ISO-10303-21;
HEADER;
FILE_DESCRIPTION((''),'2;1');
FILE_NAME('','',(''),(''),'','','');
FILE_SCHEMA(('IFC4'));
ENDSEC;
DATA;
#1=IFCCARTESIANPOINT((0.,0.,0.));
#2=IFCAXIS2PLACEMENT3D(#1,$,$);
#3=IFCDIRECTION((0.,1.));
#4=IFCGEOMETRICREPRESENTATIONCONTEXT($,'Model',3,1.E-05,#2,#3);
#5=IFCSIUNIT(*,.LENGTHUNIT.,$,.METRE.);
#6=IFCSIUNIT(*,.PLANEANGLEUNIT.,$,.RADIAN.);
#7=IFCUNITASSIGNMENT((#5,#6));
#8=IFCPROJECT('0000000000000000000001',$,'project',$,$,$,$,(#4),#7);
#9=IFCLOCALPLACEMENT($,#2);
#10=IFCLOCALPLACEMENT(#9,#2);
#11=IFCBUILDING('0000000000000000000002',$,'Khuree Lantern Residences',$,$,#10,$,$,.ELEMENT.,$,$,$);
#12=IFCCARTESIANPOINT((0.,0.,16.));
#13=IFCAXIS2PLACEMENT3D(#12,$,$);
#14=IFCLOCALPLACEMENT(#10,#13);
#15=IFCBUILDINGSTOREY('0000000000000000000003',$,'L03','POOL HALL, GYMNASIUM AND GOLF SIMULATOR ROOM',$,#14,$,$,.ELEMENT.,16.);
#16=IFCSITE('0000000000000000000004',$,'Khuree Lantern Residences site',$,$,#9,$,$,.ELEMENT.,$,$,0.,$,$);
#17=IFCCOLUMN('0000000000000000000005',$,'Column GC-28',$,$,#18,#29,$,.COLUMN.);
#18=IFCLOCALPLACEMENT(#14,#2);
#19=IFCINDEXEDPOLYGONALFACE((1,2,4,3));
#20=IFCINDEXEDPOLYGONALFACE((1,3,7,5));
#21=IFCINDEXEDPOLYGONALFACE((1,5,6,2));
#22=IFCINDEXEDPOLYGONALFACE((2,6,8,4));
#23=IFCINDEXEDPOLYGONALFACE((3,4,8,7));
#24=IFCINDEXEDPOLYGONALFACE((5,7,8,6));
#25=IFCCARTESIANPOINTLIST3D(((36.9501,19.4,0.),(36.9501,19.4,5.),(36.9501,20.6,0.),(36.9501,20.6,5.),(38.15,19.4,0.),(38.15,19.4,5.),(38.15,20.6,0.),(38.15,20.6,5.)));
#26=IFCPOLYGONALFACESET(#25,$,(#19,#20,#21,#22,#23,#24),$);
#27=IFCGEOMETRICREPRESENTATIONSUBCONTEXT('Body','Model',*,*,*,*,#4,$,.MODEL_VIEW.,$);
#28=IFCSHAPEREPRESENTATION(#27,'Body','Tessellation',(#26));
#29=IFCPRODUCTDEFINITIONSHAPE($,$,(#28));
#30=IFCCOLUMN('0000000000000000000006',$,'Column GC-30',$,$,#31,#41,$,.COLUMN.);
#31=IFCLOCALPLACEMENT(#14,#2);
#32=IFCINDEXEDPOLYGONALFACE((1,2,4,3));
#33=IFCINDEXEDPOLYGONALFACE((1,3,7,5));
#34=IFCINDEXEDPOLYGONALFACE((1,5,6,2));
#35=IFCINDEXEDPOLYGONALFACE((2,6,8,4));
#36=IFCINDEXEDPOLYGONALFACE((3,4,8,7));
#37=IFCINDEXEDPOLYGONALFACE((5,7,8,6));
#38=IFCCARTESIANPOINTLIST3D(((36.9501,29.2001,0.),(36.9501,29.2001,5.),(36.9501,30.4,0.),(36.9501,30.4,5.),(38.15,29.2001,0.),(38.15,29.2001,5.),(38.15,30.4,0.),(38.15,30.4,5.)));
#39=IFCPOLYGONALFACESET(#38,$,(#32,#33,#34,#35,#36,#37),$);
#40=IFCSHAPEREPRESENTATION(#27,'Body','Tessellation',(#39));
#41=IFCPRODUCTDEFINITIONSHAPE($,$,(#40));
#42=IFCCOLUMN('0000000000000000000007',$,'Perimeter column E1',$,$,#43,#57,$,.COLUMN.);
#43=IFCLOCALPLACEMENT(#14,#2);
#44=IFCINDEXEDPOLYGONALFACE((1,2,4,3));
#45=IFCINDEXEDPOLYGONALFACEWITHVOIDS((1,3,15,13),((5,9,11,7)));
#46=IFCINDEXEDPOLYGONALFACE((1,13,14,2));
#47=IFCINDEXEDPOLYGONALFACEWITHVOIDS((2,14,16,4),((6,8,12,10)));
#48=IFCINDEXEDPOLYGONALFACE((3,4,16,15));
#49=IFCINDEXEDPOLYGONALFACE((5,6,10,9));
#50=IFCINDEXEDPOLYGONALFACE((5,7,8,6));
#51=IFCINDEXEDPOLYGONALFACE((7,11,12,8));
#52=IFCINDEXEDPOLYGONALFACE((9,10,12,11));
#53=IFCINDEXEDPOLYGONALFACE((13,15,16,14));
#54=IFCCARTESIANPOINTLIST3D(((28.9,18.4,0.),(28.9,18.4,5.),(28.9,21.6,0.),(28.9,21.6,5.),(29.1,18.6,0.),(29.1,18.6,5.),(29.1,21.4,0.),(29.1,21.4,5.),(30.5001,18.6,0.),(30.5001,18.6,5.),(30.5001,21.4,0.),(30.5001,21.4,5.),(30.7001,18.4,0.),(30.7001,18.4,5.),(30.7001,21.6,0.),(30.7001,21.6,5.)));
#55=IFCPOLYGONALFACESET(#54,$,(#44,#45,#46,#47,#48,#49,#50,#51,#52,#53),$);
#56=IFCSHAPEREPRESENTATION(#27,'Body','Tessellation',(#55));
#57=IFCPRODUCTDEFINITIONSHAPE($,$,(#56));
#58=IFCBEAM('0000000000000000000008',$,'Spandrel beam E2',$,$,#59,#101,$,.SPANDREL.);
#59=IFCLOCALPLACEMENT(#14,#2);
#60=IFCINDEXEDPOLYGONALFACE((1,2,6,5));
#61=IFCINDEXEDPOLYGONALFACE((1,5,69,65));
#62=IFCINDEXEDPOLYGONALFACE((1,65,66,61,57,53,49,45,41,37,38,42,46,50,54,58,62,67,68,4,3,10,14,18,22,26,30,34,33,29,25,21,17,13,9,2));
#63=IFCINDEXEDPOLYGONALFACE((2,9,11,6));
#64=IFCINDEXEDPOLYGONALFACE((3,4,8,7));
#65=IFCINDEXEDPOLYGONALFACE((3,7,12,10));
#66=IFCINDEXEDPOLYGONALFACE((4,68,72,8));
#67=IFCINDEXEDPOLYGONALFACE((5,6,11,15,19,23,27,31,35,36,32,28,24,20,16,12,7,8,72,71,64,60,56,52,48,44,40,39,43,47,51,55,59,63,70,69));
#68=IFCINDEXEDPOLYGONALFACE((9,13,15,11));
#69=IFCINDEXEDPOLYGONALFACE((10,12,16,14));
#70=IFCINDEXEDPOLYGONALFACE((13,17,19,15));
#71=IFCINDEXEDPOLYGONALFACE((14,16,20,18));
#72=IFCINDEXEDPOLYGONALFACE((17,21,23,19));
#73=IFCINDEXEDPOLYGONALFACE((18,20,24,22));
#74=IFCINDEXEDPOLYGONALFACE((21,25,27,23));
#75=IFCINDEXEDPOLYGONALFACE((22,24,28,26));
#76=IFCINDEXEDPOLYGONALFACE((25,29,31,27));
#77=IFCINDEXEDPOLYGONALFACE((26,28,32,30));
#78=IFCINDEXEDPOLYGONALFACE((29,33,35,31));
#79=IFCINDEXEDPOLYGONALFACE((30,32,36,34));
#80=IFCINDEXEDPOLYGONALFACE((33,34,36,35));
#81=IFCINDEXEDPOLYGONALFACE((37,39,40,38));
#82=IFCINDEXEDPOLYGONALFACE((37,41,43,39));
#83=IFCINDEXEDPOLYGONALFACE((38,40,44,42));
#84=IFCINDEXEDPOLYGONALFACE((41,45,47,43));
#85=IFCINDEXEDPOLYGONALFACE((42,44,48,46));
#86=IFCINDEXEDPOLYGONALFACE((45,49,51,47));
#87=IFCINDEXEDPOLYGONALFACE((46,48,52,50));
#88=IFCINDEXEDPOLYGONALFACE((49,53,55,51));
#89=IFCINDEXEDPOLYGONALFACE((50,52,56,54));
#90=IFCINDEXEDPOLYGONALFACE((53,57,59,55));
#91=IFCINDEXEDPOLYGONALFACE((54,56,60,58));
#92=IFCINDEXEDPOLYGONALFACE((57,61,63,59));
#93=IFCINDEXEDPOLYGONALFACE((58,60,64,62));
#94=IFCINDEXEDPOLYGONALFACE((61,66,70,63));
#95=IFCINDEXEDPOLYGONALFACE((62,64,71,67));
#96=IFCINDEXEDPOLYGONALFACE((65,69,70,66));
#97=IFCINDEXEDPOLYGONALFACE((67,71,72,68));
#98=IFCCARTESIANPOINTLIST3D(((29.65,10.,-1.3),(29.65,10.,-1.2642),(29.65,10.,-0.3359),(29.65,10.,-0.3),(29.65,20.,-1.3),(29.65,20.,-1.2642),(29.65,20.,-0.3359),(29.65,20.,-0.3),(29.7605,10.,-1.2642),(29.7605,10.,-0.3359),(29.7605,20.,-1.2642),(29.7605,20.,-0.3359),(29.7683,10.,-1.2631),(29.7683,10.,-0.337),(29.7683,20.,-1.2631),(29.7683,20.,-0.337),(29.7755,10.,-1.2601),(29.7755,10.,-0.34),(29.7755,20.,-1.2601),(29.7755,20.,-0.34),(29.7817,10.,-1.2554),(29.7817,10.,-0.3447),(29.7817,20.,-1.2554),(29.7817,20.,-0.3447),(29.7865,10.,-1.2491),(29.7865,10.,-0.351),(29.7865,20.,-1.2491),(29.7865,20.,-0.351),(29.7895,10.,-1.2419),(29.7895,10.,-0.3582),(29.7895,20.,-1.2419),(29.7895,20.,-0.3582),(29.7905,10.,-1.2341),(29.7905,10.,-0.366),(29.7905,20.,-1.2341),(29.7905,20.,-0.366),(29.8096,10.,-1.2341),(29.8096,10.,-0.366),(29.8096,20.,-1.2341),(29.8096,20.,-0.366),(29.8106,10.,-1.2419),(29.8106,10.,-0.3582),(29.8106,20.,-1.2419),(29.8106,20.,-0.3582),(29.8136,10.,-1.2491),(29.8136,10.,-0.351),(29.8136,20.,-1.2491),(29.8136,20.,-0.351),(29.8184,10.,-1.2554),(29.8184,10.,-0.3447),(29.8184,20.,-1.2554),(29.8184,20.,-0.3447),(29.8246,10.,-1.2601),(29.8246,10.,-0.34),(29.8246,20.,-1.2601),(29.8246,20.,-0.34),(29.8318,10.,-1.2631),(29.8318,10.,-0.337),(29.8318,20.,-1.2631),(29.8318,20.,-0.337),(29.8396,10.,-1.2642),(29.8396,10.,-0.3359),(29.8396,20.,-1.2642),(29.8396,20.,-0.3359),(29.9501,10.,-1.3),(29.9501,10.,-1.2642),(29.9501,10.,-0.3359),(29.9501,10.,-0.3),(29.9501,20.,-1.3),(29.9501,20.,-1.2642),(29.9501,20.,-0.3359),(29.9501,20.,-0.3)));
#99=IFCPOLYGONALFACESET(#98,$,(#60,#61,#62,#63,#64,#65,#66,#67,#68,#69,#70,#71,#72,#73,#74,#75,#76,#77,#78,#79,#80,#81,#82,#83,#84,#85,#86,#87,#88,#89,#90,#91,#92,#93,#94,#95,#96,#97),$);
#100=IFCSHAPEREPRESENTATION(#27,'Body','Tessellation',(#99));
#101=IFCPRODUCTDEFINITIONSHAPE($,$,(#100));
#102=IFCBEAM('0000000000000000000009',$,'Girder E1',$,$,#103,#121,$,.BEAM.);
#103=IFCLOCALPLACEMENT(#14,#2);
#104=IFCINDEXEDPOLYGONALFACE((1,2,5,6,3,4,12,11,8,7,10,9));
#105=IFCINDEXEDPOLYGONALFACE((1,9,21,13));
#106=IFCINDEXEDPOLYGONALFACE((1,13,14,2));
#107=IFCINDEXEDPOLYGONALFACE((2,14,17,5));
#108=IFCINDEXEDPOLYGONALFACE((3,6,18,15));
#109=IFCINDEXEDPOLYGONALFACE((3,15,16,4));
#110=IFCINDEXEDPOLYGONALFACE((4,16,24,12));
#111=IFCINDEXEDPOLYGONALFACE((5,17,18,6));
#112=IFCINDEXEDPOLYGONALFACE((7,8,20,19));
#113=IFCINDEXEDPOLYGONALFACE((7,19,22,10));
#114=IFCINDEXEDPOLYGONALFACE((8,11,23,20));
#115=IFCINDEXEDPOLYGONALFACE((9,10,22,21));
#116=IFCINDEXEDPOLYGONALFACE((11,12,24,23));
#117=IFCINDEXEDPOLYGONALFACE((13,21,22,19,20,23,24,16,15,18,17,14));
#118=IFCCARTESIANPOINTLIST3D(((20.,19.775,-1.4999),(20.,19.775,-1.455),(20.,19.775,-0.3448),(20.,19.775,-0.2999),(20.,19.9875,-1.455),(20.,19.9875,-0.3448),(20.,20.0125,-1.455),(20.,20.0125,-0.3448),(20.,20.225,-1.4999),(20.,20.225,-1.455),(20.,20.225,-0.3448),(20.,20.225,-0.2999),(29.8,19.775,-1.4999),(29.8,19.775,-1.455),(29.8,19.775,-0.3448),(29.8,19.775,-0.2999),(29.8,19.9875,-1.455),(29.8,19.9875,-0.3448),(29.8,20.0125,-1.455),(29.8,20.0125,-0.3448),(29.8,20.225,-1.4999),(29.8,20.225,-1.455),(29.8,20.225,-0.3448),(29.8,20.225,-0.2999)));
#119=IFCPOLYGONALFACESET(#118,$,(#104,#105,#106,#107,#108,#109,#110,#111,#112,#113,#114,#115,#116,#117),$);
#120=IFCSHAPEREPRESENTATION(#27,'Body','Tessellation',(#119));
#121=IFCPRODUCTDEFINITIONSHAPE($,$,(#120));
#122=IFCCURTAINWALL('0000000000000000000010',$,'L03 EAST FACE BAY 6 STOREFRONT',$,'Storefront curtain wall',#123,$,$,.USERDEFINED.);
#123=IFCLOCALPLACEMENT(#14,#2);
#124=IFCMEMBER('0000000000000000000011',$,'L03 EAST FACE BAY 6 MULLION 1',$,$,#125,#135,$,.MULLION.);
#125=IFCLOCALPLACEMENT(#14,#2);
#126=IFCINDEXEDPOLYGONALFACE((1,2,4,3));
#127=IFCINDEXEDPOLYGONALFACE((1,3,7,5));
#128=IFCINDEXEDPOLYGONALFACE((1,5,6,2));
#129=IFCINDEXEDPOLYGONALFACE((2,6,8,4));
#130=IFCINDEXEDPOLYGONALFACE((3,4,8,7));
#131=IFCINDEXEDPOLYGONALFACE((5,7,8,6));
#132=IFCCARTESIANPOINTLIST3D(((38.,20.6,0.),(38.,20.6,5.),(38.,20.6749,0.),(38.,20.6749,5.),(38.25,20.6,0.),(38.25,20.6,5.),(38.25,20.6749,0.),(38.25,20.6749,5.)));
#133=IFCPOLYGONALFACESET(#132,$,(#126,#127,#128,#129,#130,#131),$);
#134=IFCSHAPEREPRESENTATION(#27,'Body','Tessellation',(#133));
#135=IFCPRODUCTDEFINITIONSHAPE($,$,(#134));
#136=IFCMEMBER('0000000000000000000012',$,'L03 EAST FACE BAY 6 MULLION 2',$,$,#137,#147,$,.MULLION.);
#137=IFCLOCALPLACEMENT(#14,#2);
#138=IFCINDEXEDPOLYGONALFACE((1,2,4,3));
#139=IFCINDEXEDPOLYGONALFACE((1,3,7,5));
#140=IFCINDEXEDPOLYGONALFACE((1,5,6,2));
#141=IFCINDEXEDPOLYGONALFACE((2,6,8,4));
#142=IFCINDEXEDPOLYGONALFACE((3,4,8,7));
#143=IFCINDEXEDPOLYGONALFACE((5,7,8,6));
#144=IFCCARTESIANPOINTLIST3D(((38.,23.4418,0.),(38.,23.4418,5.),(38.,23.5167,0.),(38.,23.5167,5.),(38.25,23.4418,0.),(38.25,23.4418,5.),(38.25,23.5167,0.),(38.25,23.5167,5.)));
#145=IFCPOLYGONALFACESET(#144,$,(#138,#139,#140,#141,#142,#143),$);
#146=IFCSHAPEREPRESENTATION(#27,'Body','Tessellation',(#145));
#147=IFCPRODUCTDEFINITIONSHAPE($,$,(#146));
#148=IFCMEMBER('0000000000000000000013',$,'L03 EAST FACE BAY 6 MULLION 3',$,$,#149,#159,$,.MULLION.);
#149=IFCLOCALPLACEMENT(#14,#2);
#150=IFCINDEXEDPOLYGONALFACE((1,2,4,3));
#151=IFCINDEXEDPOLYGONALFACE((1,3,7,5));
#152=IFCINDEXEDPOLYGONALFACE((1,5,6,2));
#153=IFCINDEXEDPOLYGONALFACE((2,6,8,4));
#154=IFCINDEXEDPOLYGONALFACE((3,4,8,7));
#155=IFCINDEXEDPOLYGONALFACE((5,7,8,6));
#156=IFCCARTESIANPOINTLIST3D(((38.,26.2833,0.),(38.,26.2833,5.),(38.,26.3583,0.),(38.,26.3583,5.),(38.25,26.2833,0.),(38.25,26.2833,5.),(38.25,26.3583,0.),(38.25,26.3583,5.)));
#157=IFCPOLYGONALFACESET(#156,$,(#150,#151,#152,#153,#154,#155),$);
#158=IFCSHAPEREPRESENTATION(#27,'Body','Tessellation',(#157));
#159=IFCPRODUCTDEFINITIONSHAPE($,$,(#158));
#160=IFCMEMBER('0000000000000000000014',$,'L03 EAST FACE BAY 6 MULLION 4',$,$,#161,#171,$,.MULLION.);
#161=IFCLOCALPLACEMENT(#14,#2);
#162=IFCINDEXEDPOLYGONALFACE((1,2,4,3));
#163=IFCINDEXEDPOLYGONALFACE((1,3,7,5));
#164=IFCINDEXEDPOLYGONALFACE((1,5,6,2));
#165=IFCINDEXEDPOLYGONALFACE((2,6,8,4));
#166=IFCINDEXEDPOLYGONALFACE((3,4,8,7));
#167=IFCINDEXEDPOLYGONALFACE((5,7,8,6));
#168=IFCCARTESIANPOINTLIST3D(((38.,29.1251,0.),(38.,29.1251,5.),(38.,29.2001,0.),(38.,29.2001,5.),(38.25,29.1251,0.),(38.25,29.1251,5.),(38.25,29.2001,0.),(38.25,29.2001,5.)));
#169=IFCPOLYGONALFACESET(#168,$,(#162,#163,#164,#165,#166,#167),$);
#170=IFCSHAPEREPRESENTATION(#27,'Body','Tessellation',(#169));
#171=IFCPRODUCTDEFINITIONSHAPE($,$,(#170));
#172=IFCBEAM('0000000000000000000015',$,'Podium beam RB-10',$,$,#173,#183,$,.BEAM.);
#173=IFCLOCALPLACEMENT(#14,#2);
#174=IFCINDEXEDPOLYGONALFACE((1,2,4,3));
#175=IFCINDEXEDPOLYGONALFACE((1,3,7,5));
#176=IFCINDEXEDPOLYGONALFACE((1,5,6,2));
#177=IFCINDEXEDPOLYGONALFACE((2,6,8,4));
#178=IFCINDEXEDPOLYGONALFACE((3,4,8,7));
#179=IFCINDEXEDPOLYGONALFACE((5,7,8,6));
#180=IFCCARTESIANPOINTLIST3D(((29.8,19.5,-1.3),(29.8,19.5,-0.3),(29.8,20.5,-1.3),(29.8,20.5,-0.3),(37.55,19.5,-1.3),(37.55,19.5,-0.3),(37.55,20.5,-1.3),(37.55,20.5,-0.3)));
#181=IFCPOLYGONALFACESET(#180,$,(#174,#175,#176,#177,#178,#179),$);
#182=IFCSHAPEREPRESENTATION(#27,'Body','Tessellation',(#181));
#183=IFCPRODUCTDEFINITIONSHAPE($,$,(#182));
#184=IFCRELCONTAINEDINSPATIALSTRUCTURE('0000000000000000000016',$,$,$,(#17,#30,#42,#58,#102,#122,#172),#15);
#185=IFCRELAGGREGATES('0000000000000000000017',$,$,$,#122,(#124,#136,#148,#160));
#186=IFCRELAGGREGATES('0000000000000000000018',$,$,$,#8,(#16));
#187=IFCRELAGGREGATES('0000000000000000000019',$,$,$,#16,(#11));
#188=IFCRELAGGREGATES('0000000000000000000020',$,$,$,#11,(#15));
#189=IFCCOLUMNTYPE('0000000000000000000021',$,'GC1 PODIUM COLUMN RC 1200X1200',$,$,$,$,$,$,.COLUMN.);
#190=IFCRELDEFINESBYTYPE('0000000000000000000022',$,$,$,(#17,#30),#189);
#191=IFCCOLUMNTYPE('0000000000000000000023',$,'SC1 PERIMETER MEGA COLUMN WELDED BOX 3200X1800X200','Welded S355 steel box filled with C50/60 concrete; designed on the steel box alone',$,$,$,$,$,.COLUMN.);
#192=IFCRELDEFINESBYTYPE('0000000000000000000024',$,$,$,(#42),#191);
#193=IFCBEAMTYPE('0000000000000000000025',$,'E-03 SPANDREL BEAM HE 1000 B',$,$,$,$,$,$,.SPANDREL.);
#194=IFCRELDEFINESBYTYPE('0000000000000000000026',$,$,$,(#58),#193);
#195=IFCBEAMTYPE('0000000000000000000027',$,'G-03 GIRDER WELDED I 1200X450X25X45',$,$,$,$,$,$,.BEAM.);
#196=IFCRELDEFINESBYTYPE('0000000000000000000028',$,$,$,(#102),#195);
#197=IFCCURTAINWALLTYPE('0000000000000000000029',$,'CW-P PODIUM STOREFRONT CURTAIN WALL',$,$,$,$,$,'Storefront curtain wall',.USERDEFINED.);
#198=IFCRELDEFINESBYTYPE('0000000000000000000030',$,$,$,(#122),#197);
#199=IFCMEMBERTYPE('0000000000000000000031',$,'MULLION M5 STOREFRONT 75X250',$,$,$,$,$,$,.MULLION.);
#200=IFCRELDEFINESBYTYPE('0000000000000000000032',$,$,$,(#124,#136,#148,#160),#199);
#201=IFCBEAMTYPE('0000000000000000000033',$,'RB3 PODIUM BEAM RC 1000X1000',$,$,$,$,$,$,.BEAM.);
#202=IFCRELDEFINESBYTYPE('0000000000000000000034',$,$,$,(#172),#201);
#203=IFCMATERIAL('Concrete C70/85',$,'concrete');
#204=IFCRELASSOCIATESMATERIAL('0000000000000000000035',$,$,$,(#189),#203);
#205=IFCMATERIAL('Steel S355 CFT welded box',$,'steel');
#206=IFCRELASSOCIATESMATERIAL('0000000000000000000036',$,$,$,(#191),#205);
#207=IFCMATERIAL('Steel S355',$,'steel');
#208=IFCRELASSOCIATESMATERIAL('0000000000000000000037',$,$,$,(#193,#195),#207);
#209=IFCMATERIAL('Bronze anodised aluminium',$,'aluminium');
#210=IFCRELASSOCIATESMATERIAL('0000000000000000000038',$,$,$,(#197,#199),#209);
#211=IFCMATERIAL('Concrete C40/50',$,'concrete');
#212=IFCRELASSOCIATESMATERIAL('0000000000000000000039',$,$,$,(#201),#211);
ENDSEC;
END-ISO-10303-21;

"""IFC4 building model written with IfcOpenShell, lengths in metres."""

from ifc_helpers import new_model, si_unit, direction, frame, origin, origin_2d, place, context, subcontext, project, spatial, rectangle, hollow_rectangle, i_section, extrude, material, material_profile, profile_set, type_object, element, aggregate, save


model = new_model("IFC4")

# Units and contexts
model_context = context("Model", 3, precision=1e-05, world=origin(), true_north=direction((0.0, 1.0)))
body_context = subcontext(model_context, "Body", "Model", "MODEL_VIEW")
ifc_project = project(units=[si_unit("LENGTHUNIT", "METRE"), si_unit("PLANEANGLEUNIT", "RADIAN")], contexts=[model_context])

# Site, building, storey
site_placement = place(None, origin())
site = spatial("IfcSite", under=ifc_project, at=site_placement, Name="Khuree Lantern Residences site", CompositionType="ELEMENT", RefElevation=0.0)
building_placement = place(site_placement, origin())
building = spatial("IfcBuilding", under=site, at=building_placement, Name="Khuree Lantern Residences", CompositionType="ELEMENT")
storey_placement = place(building_placement, frame((0.0, 0.0, 16.0)))
storey = spatial("IfcBuildingStorey", under=building, at=storey_placement, Name="L03", Description="POOL HALL, GYMNASIUM AND GOLF SIMULATOR ROOM", CompositionType="ELEMENT", Elevation=16.0)

# Columns
ifc_material_1 = material(Name="Concrete C70/85", Category="concrete")
ifc_material_profile_1 = material_profile(ifc_material_1, rectangle(XDim=1.2, YDim=1.2, at=origin_2d()), Name="RC 1200X1200")
ifc_profile_set_1 = profile_set([ifc_material_profile_1], Name="Concrete C70/85")
column_type_1 = type_object("IfcColumnType", Name="GC1 PODIUM COLUMN RC 1200X1200", PredefinedType="COLUMN", material=ifc_profile_set_1)
for number, where, z_axis, x_axis, name in (
    (1, (37.55, 20.0, 0.0), (0.0, 0.0, 1.0), (1.0, 0.0, 0.0), "Column GC-28"),
    (2, (37.55, 29.8, 0.0), (0.0, 0.0, 1.0), (1.0, 0.0, 0.0), "Column GC-30"),
):
    element("IfcColumn", number, at=place(storey_placement, frame(where, z_axis=z_axis, x_axis=x_axis)), inside=storey, type_object=column_type_1, Name=name, PredefinedType="COLUMN", context=body_context, shape_type="SweptSolid", body=[
        extrude(rectangle(XDim=1.2, YDim=1.2, at=origin_2d()), origin(), (0.0, 0.0, 1.0), 5.0),
    ])
ifc_material_2 = material(Name="Steel S355 CFT welded box", Category="steel")
ifc_material_profile_2 = material_profile(ifc_material_2, hollow_rectangle(XDim=3.2, YDim=1.8, WallThickness=0.2, at=origin_2d()), Name="WELDED BOX 3200X1800X200")
ifc_profile_set_2 = profile_set([ifc_material_profile_2], Name="Steel S355 CFT welded box")
column_type_2 = type_object("IfcColumnType", Name="SC1 PERIMETER MEGA COLUMN WELDED BOX 3200X1800X200", Description="Welded S355 steel box filled with C50/60 concrete; designed on the steel box alone", PredefinedType="COLUMN", material=ifc_profile_set_2)
column_placement = place(storey_placement, frame((29.8, 20.0, 0.0), z_axis=(0.0, 0.0, 1.0), x_axis=(0.0, 1.0, 0.0)))
element("IfcColumn", 3, at=column_placement, inside=storey, type_object=column_type_2, Name="Perimeter column E1", PredefinedType="COLUMN", context=body_context, shape_type="SweptSolid", body=[
    extrude(hollow_rectangle(XDim=3.2, YDim=1.8, WallThickness=0.2, at=origin_2d()), origin(), (0.0, 0.0, 1.0), 5.0),
])

# Beams
ifc_material_3 = material(Name="Steel S355", Category="steel")
ifc_material_profile_3 = material_profile(ifc_material_3, i_section(OverallWidth=0.3, OverallDepth=1.0, WebThickness=0.019, FlangeThickness=0.0359, FilletRadius=0.03, at=origin_2d()), Name="HE 1000 B")
ifc_profile_set_3 = profile_set([ifc_material_profile_3], Name="Steel S355")
beam_type_1 = type_object("IfcBeamType", Name="E-03 SPANDREL BEAM HE 1000 B", PredefinedType="SPANDREL", material=ifc_profile_set_3)
beam_1_placement = place(storey_placement, frame((29.8, 20.0, -0.8), z_axis=(0.0, -1.0, 0.0), x_axis=(1.0, 0.0, 0.0)))
element("IfcBeam", 4, at=beam_1_placement, inside=storey, type_object=beam_type_1, Name="Spandrel beam E2", PredefinedType="SPANDREL", context=body_context, shape_type="SweptSolid", body=[
    extrude(i_section(OverallWidth=0.3, OverallDepth=1.0, WebThickness=0.019, FlangeThickness=0.0359, FilletRadius=0.03, at=origin_2d()), origin(), (0.0, 0.0, 1.0), 10.0),
])
ifc_material_profile_4 = material_profile(ifc_material_3, i_section(OverallWidth=0.45, OverallDepth=1.2, WebThickness=0.0249, FlangeThickness=0.0449, at=origin_2d()), Name="WELDED I 1200X450X25X45")
ifc_profile_set_4 = profile_set([ifc_material_profile_4], Name="Steel S355")
beam_type_2 = type_object("IfcBeamType", Name="G-03 GIRDER WELDED I 1200X450X25X45", PredefinedType="BEAM", material=ifc_profile_set_4)
beam_2_placement = place(storey_placement, frame((29.8, 20.0, -0.8999), z_axis=(-1.0, 0.0, 0.0), x_axis=(0.0, -1.0, 0.0)))
element("IfcBeam", 5, at=beam_2_placement, inside=storey, type_object=beam_type_2, Name="Girder E1", PredefinedType="BEAM", context=body_context, shape_type="SweptSolid", body=[
    extrude(i_section(OverallWidth=0.45, OverallDepth=1.2, WebThickness=0.0249, FlangeThickness=0.0449, at=origin_2d()), origin(), (0.0, 0.0, 1.0), 9.8),
])

# Curtain wall, members
ifc_material_4 = material(Name="Bronze anodised aluminium", Category="aluminium")
curtain_wall_type = type_object("IfcCurtainWallType", Name="CW-P PODIUM STOREFRONT CURTAIN WALL", ElementType="Storefront curtain wall", PredefinedType="USERDEFINED", material=ifc_material_4)
curtain_wall_placement = place(storey_placement, origin())
curtain_wall = element("IfcCurtainWall", 6, at=curtain_wall_placement, inside=storey, type_object=curtain_wall_type, Name="L03 EAST FACE BAY 6 STOREFRONT", ObjectType="Storefront curtain wall", PredefinedType="USERDEFINED")
ifc_material_profile_5 = material_profile(ifc_material_4, rectangle(XDim=0.075, YDim=0.25, at=origin_2d()), Name="M5 75X250")
ifc_profile_set_5 = profile_set([ifc_material_profile_5], Name="Bronze anodised aluminium")
member_type_1 = type_object("IfcMemberType", Name="MULLION M5 STOREFRONT 75X250", PredefinedType="MULLION", material=ifc_profile_set_5)
member_1_placement = place(storey_placement, frame((38.125, 20.6375, 0.0), z_axis=(0.0, 0.0, 1.0), x_axis=(0.0, 1.0, 0.0)))
member_1 = element("IfcMember", 7, at=member_1_placement, type_object=member_type_1, Name="L03 EAST FACE BAY 6 MULLION 1", PredefinedType="MULLION", context=body_context, shape_type="SweptSolid", body=[
    extrude(rectangle(XDim=0.075, YDim=0.25, at=origin_2d()), origin(), (0.0, 0.0, 1.0), 5.0),
])
member_2_placement = place(storey_placement, frame((38.125, 23.4792, 0.0), z_axis=(0.0, 0.0, 1.0), x_axis=(0.0, 1.0, 0.0)))
member_2 = element("IfcMember", 8, at=member_2_placement, type_object=member_type_1, Name="L03 EAST FACE BAY 6 MULLION 2", PredefinedType="MULLION", context=body_context, shape_type="SweptSolid", body=[
    extrude(rectangle(XDim=0.075, YDim=0.25, at=origin_2d()), origin(), (0.0, 0.0, 1.0), 5.0),
])
member_3_placement = place(storey_placement, frame((38.125, 26.3208, 0.0), z_axis=(0.0, 0.0, 1.0), x_axis=(0.0, 1.0, 0.0)))
member_3 = element("IfcMember", 9, at=member_3_placement, type_object=member_type_1, Name="L03 EAST FACE BAY 6 MULLION 3", PredefinedType="MULLION", context=body_context, shape_type="SweptSolid", body=[
    extrude(rectangle(XDim=0.075, YDim=0.25, at=origin_2d()), origin(), (0.0, 0.0, 1.0), 5.0),
])
member_4_placement = place(storey_placement, frame((38.125, 29.1626, 0.0), z_axis=(0.0, 0.0, 1.0), x_axis=(0.0, 1.0, 0.0)))
member_4 = element("IfcMember", 10, at=member_4_placement, type_object=member_type_1, Name="L03 EAST FACE BAY 6 MULLION 4", PredefinedType="MULLION", context=body_context, shape_type="SweptSolid", body=[
    extrude(rectangle(XDim=0.075, YDim=0.25, at=origin_2d()), origin(), (0.0, 0.0, 1.0), 5.0),
])

# Beam
ifc_material_5 = material(Name="Concrete C40/50", Category="concrete")
ifc_material_profile_6 = material_profile(ifc_material_5, rectangle(XDim=1.0, YDim=1.0, at=origin_2d()), Name="RC 1000X1000")
ifc_profile_set_6 = profile_set([ifc_material_profile_6], Name="Concrete C40/50")
beam_type_3 = type_object("IfcBeamType", Name="RB3 PODIUM BEAM RC 1000X1000", PredefinedType="BEAM", material=ifc_profile_set_6)
beam_3_placement = place(storey_placement, frame((29.8, 20.0, -0.8), z_axis=(1.0, 0.0, 0.0), x_axis=(0.0, 1.0, 0.0)))
element("IfcBeam", 11, at=beam_3_placement, inside=storey, type_object=beam_type_3, Name="Podium beam RB-10", PredefinedType="BEAM", context=body_context, shape_type="SweptSolid", body=[
    extrude(rectangle(XDim=1.0, YDim=1.0, at=origin_2d()), origin(), (0.0, 0.0, 1.0), 7.75),
])

aggregate(curtain_wall, [member_1, member_2, member_3, member_4])

save(model, "model.ifc")
